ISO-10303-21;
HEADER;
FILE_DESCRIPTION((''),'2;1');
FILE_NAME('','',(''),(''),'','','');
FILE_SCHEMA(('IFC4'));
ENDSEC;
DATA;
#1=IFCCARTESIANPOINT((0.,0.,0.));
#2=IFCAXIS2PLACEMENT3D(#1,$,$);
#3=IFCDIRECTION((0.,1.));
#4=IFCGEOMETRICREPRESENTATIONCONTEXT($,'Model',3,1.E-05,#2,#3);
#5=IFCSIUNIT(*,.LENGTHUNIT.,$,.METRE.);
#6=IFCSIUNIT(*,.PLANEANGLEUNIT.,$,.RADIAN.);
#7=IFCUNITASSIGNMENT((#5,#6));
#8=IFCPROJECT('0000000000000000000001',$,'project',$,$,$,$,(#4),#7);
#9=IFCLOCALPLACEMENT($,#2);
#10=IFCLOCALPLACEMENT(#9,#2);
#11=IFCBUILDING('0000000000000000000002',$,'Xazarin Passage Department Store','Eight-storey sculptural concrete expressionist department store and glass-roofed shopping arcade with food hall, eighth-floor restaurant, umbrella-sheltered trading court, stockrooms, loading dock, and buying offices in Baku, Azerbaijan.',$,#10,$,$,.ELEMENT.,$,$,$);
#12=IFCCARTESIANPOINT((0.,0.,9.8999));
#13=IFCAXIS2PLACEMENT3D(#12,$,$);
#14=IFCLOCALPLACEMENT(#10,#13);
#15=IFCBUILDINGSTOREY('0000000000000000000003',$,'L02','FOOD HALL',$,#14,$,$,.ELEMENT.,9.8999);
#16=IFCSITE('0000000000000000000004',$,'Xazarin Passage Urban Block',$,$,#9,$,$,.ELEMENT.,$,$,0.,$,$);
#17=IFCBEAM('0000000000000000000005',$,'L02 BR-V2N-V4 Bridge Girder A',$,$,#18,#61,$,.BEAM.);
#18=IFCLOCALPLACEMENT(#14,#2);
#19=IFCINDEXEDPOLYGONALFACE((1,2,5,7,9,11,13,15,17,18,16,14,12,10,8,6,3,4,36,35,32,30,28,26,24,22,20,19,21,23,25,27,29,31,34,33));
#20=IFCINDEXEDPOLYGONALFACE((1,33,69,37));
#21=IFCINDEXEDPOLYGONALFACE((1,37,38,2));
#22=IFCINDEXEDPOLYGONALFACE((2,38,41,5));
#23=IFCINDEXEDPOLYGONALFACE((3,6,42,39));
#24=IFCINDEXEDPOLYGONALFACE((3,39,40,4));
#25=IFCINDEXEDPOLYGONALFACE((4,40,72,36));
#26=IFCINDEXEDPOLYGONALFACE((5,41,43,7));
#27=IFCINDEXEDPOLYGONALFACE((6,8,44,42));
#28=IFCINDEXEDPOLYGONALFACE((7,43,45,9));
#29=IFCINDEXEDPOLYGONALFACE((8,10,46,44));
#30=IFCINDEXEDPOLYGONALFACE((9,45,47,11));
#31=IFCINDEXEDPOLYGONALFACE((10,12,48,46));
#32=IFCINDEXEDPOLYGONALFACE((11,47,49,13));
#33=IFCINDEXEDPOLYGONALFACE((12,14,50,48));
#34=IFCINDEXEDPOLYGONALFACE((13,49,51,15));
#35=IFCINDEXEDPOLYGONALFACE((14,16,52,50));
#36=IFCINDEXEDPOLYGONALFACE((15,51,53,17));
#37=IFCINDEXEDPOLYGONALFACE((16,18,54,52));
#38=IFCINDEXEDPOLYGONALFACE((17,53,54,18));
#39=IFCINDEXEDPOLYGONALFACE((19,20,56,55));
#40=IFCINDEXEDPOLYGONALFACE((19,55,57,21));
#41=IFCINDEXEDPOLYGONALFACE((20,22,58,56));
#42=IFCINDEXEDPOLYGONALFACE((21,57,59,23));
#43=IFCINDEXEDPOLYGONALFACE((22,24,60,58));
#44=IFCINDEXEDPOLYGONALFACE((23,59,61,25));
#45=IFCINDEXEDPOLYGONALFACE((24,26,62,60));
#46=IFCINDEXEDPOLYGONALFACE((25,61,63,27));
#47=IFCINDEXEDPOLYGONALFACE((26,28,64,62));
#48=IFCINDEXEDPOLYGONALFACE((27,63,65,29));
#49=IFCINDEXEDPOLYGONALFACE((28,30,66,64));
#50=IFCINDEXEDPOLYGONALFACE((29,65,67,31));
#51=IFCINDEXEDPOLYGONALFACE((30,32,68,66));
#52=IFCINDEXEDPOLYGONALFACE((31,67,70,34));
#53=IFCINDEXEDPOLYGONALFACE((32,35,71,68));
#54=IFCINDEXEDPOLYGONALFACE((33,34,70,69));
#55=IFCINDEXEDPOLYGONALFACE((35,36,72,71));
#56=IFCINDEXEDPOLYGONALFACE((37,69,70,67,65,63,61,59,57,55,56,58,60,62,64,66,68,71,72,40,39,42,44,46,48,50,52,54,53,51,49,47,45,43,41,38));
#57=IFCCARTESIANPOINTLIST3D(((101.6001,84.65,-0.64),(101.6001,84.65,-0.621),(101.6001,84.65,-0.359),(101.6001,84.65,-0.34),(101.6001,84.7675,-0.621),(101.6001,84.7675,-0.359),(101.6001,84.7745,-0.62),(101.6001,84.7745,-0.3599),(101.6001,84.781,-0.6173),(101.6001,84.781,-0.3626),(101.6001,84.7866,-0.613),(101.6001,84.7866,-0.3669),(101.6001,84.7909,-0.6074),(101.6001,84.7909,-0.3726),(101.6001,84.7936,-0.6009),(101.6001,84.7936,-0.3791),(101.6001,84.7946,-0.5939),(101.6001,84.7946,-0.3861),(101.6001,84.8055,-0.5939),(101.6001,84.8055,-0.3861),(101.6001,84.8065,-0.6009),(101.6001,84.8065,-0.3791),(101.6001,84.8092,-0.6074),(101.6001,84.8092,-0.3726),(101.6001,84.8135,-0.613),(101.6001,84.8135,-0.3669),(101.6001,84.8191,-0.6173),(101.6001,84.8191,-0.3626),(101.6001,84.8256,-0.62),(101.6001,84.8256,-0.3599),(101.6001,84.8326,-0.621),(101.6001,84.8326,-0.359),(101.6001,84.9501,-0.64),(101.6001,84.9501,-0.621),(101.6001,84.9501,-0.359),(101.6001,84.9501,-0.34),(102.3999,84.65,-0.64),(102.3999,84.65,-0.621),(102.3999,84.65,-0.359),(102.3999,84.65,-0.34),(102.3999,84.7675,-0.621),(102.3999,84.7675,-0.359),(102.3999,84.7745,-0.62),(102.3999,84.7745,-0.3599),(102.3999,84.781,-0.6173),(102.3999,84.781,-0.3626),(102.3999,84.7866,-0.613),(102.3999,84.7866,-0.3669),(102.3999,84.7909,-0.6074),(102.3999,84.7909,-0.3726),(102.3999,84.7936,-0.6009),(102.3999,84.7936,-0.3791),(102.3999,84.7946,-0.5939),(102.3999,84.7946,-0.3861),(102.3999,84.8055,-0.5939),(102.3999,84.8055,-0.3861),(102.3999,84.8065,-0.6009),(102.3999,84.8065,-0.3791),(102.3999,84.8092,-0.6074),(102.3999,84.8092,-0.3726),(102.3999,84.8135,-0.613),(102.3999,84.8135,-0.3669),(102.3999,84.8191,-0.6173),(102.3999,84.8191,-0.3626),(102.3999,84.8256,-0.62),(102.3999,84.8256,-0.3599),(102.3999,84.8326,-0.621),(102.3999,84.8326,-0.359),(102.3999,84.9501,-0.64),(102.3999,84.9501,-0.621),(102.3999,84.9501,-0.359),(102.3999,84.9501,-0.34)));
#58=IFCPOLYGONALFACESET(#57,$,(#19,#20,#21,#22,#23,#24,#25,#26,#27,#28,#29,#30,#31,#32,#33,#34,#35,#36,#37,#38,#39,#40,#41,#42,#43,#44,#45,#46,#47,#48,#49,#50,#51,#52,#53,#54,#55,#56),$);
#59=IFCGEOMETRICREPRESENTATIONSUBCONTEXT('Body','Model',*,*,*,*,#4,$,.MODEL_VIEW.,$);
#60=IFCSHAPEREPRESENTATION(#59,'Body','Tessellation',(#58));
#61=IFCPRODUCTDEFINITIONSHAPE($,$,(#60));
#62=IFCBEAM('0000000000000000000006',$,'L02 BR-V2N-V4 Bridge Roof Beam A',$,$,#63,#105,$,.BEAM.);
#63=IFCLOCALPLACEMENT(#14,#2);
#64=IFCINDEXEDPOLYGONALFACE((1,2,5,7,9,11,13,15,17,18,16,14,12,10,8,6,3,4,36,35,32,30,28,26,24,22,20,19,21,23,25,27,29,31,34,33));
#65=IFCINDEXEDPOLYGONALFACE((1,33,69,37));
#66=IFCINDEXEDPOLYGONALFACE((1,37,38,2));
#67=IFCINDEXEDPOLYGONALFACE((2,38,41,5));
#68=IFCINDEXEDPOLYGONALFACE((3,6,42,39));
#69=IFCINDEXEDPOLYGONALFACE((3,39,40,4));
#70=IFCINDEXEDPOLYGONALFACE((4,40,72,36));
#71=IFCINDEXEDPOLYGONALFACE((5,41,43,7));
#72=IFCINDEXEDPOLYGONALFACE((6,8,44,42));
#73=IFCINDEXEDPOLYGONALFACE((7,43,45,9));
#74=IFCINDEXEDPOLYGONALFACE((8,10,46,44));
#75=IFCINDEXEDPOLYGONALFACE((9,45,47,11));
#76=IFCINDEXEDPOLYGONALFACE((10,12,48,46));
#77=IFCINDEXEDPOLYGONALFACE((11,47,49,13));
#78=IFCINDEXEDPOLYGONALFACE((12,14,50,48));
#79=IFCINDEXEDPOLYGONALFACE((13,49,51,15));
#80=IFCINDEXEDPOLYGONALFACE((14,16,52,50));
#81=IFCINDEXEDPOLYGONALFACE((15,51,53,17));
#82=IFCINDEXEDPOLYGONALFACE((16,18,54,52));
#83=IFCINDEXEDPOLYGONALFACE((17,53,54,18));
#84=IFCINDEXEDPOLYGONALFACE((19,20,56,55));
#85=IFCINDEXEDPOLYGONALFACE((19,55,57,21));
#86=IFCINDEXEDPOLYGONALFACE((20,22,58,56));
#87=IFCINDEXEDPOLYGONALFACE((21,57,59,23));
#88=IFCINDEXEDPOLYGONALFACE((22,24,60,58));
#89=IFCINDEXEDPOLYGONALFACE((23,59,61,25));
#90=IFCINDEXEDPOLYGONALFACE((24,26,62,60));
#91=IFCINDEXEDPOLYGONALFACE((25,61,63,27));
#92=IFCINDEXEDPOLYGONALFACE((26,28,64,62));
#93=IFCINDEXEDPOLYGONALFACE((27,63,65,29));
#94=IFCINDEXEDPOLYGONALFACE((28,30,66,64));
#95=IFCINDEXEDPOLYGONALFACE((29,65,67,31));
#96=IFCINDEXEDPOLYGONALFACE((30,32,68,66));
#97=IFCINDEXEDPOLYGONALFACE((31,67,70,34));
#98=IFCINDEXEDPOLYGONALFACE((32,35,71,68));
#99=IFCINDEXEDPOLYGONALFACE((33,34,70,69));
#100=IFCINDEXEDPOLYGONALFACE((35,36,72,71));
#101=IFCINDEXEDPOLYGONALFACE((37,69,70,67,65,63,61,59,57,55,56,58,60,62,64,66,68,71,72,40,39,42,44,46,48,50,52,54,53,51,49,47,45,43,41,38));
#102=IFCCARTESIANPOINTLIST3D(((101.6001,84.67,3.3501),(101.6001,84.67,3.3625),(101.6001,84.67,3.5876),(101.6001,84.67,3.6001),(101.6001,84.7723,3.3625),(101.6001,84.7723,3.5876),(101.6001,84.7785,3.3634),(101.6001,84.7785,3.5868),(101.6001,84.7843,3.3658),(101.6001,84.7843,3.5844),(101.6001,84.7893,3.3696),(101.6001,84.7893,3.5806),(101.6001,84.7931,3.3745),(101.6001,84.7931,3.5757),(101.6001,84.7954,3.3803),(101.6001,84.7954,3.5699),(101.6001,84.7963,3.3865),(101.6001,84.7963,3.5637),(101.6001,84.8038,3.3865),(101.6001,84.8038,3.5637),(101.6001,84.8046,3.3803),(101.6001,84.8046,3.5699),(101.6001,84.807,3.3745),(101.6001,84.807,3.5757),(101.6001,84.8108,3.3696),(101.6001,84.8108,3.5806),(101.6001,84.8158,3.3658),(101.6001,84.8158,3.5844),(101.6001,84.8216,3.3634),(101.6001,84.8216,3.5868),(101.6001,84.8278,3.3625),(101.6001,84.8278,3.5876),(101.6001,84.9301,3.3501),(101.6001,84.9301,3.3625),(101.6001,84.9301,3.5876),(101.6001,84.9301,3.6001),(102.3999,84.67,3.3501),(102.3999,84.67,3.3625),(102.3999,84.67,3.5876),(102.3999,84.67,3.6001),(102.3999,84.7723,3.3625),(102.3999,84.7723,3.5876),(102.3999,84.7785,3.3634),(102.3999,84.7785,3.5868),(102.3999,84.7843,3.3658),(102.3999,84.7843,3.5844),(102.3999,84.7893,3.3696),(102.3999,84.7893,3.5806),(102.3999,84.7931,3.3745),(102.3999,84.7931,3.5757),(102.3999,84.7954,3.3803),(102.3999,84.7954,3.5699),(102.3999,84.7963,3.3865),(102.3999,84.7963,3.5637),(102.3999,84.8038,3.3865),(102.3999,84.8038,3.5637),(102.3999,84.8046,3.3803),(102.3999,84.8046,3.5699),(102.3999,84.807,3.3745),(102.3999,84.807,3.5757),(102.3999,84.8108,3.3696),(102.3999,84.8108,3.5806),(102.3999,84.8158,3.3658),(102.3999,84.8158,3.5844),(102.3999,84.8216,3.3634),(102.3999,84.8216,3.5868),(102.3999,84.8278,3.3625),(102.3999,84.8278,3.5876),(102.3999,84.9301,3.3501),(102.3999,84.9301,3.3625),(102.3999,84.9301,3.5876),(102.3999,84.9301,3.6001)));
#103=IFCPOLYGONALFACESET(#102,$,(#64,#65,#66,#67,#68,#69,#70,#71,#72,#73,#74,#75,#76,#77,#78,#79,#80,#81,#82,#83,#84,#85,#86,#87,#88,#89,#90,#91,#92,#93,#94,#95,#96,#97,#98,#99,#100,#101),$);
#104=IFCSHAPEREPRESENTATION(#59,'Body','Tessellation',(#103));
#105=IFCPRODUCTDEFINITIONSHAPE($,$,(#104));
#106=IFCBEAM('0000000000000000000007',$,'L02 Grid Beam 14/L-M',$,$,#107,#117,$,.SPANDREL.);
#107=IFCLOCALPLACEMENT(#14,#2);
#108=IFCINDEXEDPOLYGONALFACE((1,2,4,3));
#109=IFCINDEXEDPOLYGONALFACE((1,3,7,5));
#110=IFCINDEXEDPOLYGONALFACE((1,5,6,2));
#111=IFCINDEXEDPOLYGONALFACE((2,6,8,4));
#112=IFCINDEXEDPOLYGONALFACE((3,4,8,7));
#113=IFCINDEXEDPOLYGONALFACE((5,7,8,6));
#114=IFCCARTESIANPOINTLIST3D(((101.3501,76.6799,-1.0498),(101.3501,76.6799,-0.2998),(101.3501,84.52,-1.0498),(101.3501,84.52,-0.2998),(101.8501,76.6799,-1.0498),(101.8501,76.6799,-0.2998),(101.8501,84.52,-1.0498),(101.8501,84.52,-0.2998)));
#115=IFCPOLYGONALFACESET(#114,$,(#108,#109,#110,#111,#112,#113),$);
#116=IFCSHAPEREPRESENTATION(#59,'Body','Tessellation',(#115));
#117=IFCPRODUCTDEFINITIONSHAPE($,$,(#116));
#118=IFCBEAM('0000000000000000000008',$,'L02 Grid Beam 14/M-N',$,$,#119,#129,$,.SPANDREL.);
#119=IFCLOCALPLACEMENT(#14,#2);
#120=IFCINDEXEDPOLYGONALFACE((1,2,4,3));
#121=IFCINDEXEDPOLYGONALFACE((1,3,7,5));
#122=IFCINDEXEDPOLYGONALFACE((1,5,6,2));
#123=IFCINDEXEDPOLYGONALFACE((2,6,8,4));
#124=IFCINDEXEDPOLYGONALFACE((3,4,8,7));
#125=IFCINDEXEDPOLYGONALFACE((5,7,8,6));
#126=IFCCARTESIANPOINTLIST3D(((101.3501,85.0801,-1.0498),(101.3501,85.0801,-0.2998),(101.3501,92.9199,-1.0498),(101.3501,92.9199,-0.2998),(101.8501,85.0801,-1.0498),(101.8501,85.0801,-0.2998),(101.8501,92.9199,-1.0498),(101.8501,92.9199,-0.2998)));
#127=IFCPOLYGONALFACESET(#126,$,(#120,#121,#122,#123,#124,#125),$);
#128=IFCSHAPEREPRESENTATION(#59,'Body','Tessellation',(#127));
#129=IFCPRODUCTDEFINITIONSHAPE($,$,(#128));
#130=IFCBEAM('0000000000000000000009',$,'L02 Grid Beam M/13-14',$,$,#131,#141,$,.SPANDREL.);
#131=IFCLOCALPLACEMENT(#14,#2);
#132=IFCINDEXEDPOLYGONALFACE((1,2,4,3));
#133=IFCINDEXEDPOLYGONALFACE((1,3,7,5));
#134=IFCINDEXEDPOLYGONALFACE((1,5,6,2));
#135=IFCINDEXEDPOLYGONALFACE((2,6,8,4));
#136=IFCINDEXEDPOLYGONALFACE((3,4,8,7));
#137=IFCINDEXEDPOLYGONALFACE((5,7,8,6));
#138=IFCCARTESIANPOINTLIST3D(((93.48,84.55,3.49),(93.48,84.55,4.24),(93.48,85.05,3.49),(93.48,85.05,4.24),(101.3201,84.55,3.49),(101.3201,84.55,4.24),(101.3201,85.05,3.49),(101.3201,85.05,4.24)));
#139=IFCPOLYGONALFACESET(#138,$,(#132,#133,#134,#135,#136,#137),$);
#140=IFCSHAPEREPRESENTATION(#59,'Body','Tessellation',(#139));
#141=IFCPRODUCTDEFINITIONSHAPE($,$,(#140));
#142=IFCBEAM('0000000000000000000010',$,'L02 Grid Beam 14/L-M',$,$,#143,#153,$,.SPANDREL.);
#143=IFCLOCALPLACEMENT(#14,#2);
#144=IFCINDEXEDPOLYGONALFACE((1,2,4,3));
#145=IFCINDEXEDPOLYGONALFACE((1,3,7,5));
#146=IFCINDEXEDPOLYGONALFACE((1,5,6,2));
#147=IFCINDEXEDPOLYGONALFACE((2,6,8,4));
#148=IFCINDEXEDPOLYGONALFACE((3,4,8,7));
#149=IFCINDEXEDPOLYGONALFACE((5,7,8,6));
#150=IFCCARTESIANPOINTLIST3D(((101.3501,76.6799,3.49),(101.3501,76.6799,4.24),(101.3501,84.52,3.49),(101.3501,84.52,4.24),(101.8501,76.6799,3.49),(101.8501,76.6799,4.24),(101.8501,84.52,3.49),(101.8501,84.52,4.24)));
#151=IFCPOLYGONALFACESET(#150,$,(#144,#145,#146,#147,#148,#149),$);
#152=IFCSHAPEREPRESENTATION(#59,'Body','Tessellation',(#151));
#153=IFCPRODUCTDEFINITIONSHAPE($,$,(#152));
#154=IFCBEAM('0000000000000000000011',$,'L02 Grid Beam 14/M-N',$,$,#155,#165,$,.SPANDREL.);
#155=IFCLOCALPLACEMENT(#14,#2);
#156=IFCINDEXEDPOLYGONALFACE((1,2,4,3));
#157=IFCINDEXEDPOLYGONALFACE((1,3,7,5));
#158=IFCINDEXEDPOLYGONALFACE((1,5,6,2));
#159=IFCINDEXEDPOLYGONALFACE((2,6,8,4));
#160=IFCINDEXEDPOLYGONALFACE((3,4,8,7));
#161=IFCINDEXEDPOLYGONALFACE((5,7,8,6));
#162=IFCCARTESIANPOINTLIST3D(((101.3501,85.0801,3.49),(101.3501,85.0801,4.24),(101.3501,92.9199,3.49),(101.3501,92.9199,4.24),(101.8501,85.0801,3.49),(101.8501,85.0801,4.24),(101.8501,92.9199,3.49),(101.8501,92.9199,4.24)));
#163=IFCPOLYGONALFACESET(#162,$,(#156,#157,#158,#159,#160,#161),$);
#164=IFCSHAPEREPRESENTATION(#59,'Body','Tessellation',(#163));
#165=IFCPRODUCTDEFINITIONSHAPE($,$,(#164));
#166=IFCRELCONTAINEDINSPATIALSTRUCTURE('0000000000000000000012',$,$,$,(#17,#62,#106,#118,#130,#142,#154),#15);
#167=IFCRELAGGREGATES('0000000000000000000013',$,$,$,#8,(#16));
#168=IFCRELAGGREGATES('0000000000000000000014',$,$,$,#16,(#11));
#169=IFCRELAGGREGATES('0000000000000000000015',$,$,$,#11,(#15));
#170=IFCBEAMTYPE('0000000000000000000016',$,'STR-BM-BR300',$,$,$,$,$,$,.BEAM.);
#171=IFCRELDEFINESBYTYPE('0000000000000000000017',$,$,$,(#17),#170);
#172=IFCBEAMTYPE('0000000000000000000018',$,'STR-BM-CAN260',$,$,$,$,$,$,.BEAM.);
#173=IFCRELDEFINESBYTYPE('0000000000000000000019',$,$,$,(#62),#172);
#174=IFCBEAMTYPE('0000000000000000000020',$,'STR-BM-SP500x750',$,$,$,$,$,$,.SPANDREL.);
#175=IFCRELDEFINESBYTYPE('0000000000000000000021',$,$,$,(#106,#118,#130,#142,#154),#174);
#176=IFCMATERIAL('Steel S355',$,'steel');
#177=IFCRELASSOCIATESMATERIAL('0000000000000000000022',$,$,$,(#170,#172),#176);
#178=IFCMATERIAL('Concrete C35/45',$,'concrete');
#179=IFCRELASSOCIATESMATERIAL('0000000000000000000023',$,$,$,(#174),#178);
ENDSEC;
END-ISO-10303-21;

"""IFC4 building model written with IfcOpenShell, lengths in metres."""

from ifc_helpers import new_model, si_unit, direction, frame, origin, origin_2d, place, context, subcontext, project, spatial, rectangle, i_section, extrude, material, material_profile, profile_set, type_object, element, save


model = new_model("IFC4")

# Units and contexts
model_context = context("Model", 3, precision=1e-05, world=origin(), true_north=direction((0.0, 1.0)))
body_context = subcontext(model_context, "Body", "Model", "MODEL_VIEW")
ifc_project = project(units=[si_unit("LENGTHUNIT", "METRE"), si_unit("PLANEANGLEUNIT", "RADIAN")], contexts=[model_context])

# Site, building, storey
site_placement = place(None, origin())
site = spatial("IfcSite", under=ifc_project, at=site_placement, Name="Xazarin Passage Urban Block", CompositionType="ELEMENT", RefElevation=0.0)
building_placement = place(site_placement, origin())
building = spatial("IfcBuilding", under=site, at=building_placement, Name="Xazarin Passage Department Store", Description="Eight-storey sculptural concrete expressionist department store and glass-roofed shopping arcade with food hall, eighth-floor restaurant, umbrella-sheltered trading court, stockrooms, loading dock, and buying offices in Baku, Azerbaijan.", CompositionType="ELEMENT")
storey_placement = place(building_placement, frame((0.0, 0.0, 9.8999)))
storey = spatial("IfcBuildingStorey", under=building, at=storey_placement, Name="L02", Description="FOOD HALL", CompositionType="ELEMENT", Elevation=9.8999)

# Beams
ifc_material_1 = material(Name="Steel S355", Category="steel")
ifc_material_profile_1 = material_profile(ifc_material_1, i_section(OverallWidth=0.3, OverallDepth=0.3, WebThickness=0.011, FlangeThickness=0.019, FilletRadius=0.0271, at=origin_2d()), Name="HEB 300")
ifc_profile_set_1 = profile_set([ifc_material_profile_1], Name="Steel S355")
beam_type_1 = type_object("IfcBeamType", Name="STR-BM-BR300", PredefinedType="BEAM", material=ifc_profile_set_1)
beam_1_placement = place(storey_placement, frame((101.6001, 84.8, -0.49), z_axis=(1.0, 0.0, 0.0), x_axis=(0.0, 1.0, 0.0)))
element("IfcBeam", 1, at=beam_1_placement, inside=storey, type_object=beam_type_1, Name="L02 BR-V2N-V4 Bridge Girder A", PredefinedType="BEAM", context=body_context, shape_type="SweptSolid", body=[
    extrude(i_section(OverallWidth=0.3, OverallDepth=0.3, WebThickness=0.011, FlangeThickness=0.019, FilletRadius=0.0271, at=origin_2d()), origin(), (0.0, 0.0, 1.0), 0.7998),
])
ifc_material_profile_2 = material_profile(ifc_material_1, i_section(OverallWidth=0.26, OverallDepth=0.25, WebThickness=0.0076, FlangeThickness=0.0125, FilletRadius=0.0239, at=origin_2d()), Name="HEA 260")
ifc_profile_set_2 = profile_set([ifc_material_profile_2], Name="Steel S355")
beam_type_2 = type_object("IfcBeamType", Name="STR-BM-CAN260", PredefinedType="BEAM", material=ifc_profile_set_2)
beam_2_placement = place(storey_placement, frame((101.6001, 84.8, 3.4751), z_axis=(1.0, 0.0, 0.0), x_axis=(0.0, 1.0, 0.0)))
element("IfcBeam", 2, at=beam_2_placement, inside=storey, type_object=beam_type_2, Name="L02 BR-V2N-V4 Bridge Roof Beam A", PredefinedType="BEAM", context=body_context, shape_type="SweptSolid", body=[
    extrude(i_section(OverallWidth=0.26, OverallDepth=0.25, WebThickness=0.0076, FlangeThickness=0.0125, FilletRadius=0.0239, at=origin_2d()), origin(), (0.0, 0.0, 1.0), 0.7998),
])
ifc_material_2 = material(Name="Concrete C35/45", Category="concrete")
ifc_material_profile_3 = material_profile(ifc_material_2, rectangle(XDim=0.5, YDim=0.75, at=origin_2d()), Name="RC 500x750")
ifc_profile_set_3 = profile_set([ifc_material_profile_3], Name="Concrete C35/45")
beam_type_3 = type_object("IfcBeamType", Name="STR-BM-SP500x750", PredefinedType="SPANDREL", material=ifc_profile_set_3)
beam_3_placement = place(storey_placement, frame((101.6001, 76.6799, -0.6748), z_axis=(0.0, 1.0, 0.0), x_axis=(-1.0, 0.0, 0.0)))
element("IfcBeam", 3, at=beam_3_placement, inside=storey, type_object=beam_type_3, Name="L02 Grid Beam 14/L-M", PredefinedType="SPANDREL", context=body_context, shape_type="SweptSolid", body=[
    extrude(rectangle(XDim=0.5, YDim=0.75, at=origin_2d()), origin(), (0.0, 0.0, 1.0), 7.8401),
])
beam_4_placement = place(storey_placement, frame((101.6001, 85.0801, -0.6748), z_axis=(0.0, 1.0, 0.0), x_axis=(-1.0, 0.0, 0.0)))
element("IfcBeam", 4, at=beam_4_placement, inside=storey, type_object=beam_type_3, Name="L02 Grid Beam 14/M-N", PredefinedType="SPANDREL", context=body_context, shape_type="SweptSolid", body=[
    extrude(rectangle(XDim=0.5, YDim=0.75, at=origin_2d()), origin(), (0.0, 0.0, 1.0), 7.8398),
])
for number, where, z_axis, x_axis, name in (
    (5, (93.48, 84.8, 3.865), (1.0, 0.0, 0.0), (0.0, 1.0, 0.0), "L02 Grid Beam M/13-14"),
    (6, (101.6001, 76.6799, 3.865), (0.0, 1.0, 0.0), (-1.0, 0.0, 0.0), "L02 Grid Beam 14/L-M"),
):
    element("IfcBeam", number, at=place(storey_placement, frame(where, z_axis=z_axis, x_axis=x_axis)), inside=storey, type_object=beam_type_3, Name=name, PredefinedType="SPANDREL", context=body_context, shape_type="SweptSolid", body=[
        extrude(rectangle(XDim=0.5, YDim=0.75, at=origin_2d()), origin(), (0.0, 0.0, 1.0), 7.8401),
    ])
beam_5_placement = place(storey_placement, frame((101.6001, 85.0801, 3.865), z_axis=(0.0, 1.0, 0.0), x_axis=(-1.0, 0.0, 0.0)))
element("IfcBeam", 7, at=beam_5_placement, inside=storey, type_object=beam_type_3, Name="L02 Grid Beam 14/M-N", PredefinedType="SPANDREL", context=body_context, shape_type="SweptSolid", body=[
    extrude(rectangle(XDim=0.5, YDim=0.75, at=origin_2d()), origin(), (0.0, 0.0, 1.0), 7.8398),
])

save(model, "model.ifc")
